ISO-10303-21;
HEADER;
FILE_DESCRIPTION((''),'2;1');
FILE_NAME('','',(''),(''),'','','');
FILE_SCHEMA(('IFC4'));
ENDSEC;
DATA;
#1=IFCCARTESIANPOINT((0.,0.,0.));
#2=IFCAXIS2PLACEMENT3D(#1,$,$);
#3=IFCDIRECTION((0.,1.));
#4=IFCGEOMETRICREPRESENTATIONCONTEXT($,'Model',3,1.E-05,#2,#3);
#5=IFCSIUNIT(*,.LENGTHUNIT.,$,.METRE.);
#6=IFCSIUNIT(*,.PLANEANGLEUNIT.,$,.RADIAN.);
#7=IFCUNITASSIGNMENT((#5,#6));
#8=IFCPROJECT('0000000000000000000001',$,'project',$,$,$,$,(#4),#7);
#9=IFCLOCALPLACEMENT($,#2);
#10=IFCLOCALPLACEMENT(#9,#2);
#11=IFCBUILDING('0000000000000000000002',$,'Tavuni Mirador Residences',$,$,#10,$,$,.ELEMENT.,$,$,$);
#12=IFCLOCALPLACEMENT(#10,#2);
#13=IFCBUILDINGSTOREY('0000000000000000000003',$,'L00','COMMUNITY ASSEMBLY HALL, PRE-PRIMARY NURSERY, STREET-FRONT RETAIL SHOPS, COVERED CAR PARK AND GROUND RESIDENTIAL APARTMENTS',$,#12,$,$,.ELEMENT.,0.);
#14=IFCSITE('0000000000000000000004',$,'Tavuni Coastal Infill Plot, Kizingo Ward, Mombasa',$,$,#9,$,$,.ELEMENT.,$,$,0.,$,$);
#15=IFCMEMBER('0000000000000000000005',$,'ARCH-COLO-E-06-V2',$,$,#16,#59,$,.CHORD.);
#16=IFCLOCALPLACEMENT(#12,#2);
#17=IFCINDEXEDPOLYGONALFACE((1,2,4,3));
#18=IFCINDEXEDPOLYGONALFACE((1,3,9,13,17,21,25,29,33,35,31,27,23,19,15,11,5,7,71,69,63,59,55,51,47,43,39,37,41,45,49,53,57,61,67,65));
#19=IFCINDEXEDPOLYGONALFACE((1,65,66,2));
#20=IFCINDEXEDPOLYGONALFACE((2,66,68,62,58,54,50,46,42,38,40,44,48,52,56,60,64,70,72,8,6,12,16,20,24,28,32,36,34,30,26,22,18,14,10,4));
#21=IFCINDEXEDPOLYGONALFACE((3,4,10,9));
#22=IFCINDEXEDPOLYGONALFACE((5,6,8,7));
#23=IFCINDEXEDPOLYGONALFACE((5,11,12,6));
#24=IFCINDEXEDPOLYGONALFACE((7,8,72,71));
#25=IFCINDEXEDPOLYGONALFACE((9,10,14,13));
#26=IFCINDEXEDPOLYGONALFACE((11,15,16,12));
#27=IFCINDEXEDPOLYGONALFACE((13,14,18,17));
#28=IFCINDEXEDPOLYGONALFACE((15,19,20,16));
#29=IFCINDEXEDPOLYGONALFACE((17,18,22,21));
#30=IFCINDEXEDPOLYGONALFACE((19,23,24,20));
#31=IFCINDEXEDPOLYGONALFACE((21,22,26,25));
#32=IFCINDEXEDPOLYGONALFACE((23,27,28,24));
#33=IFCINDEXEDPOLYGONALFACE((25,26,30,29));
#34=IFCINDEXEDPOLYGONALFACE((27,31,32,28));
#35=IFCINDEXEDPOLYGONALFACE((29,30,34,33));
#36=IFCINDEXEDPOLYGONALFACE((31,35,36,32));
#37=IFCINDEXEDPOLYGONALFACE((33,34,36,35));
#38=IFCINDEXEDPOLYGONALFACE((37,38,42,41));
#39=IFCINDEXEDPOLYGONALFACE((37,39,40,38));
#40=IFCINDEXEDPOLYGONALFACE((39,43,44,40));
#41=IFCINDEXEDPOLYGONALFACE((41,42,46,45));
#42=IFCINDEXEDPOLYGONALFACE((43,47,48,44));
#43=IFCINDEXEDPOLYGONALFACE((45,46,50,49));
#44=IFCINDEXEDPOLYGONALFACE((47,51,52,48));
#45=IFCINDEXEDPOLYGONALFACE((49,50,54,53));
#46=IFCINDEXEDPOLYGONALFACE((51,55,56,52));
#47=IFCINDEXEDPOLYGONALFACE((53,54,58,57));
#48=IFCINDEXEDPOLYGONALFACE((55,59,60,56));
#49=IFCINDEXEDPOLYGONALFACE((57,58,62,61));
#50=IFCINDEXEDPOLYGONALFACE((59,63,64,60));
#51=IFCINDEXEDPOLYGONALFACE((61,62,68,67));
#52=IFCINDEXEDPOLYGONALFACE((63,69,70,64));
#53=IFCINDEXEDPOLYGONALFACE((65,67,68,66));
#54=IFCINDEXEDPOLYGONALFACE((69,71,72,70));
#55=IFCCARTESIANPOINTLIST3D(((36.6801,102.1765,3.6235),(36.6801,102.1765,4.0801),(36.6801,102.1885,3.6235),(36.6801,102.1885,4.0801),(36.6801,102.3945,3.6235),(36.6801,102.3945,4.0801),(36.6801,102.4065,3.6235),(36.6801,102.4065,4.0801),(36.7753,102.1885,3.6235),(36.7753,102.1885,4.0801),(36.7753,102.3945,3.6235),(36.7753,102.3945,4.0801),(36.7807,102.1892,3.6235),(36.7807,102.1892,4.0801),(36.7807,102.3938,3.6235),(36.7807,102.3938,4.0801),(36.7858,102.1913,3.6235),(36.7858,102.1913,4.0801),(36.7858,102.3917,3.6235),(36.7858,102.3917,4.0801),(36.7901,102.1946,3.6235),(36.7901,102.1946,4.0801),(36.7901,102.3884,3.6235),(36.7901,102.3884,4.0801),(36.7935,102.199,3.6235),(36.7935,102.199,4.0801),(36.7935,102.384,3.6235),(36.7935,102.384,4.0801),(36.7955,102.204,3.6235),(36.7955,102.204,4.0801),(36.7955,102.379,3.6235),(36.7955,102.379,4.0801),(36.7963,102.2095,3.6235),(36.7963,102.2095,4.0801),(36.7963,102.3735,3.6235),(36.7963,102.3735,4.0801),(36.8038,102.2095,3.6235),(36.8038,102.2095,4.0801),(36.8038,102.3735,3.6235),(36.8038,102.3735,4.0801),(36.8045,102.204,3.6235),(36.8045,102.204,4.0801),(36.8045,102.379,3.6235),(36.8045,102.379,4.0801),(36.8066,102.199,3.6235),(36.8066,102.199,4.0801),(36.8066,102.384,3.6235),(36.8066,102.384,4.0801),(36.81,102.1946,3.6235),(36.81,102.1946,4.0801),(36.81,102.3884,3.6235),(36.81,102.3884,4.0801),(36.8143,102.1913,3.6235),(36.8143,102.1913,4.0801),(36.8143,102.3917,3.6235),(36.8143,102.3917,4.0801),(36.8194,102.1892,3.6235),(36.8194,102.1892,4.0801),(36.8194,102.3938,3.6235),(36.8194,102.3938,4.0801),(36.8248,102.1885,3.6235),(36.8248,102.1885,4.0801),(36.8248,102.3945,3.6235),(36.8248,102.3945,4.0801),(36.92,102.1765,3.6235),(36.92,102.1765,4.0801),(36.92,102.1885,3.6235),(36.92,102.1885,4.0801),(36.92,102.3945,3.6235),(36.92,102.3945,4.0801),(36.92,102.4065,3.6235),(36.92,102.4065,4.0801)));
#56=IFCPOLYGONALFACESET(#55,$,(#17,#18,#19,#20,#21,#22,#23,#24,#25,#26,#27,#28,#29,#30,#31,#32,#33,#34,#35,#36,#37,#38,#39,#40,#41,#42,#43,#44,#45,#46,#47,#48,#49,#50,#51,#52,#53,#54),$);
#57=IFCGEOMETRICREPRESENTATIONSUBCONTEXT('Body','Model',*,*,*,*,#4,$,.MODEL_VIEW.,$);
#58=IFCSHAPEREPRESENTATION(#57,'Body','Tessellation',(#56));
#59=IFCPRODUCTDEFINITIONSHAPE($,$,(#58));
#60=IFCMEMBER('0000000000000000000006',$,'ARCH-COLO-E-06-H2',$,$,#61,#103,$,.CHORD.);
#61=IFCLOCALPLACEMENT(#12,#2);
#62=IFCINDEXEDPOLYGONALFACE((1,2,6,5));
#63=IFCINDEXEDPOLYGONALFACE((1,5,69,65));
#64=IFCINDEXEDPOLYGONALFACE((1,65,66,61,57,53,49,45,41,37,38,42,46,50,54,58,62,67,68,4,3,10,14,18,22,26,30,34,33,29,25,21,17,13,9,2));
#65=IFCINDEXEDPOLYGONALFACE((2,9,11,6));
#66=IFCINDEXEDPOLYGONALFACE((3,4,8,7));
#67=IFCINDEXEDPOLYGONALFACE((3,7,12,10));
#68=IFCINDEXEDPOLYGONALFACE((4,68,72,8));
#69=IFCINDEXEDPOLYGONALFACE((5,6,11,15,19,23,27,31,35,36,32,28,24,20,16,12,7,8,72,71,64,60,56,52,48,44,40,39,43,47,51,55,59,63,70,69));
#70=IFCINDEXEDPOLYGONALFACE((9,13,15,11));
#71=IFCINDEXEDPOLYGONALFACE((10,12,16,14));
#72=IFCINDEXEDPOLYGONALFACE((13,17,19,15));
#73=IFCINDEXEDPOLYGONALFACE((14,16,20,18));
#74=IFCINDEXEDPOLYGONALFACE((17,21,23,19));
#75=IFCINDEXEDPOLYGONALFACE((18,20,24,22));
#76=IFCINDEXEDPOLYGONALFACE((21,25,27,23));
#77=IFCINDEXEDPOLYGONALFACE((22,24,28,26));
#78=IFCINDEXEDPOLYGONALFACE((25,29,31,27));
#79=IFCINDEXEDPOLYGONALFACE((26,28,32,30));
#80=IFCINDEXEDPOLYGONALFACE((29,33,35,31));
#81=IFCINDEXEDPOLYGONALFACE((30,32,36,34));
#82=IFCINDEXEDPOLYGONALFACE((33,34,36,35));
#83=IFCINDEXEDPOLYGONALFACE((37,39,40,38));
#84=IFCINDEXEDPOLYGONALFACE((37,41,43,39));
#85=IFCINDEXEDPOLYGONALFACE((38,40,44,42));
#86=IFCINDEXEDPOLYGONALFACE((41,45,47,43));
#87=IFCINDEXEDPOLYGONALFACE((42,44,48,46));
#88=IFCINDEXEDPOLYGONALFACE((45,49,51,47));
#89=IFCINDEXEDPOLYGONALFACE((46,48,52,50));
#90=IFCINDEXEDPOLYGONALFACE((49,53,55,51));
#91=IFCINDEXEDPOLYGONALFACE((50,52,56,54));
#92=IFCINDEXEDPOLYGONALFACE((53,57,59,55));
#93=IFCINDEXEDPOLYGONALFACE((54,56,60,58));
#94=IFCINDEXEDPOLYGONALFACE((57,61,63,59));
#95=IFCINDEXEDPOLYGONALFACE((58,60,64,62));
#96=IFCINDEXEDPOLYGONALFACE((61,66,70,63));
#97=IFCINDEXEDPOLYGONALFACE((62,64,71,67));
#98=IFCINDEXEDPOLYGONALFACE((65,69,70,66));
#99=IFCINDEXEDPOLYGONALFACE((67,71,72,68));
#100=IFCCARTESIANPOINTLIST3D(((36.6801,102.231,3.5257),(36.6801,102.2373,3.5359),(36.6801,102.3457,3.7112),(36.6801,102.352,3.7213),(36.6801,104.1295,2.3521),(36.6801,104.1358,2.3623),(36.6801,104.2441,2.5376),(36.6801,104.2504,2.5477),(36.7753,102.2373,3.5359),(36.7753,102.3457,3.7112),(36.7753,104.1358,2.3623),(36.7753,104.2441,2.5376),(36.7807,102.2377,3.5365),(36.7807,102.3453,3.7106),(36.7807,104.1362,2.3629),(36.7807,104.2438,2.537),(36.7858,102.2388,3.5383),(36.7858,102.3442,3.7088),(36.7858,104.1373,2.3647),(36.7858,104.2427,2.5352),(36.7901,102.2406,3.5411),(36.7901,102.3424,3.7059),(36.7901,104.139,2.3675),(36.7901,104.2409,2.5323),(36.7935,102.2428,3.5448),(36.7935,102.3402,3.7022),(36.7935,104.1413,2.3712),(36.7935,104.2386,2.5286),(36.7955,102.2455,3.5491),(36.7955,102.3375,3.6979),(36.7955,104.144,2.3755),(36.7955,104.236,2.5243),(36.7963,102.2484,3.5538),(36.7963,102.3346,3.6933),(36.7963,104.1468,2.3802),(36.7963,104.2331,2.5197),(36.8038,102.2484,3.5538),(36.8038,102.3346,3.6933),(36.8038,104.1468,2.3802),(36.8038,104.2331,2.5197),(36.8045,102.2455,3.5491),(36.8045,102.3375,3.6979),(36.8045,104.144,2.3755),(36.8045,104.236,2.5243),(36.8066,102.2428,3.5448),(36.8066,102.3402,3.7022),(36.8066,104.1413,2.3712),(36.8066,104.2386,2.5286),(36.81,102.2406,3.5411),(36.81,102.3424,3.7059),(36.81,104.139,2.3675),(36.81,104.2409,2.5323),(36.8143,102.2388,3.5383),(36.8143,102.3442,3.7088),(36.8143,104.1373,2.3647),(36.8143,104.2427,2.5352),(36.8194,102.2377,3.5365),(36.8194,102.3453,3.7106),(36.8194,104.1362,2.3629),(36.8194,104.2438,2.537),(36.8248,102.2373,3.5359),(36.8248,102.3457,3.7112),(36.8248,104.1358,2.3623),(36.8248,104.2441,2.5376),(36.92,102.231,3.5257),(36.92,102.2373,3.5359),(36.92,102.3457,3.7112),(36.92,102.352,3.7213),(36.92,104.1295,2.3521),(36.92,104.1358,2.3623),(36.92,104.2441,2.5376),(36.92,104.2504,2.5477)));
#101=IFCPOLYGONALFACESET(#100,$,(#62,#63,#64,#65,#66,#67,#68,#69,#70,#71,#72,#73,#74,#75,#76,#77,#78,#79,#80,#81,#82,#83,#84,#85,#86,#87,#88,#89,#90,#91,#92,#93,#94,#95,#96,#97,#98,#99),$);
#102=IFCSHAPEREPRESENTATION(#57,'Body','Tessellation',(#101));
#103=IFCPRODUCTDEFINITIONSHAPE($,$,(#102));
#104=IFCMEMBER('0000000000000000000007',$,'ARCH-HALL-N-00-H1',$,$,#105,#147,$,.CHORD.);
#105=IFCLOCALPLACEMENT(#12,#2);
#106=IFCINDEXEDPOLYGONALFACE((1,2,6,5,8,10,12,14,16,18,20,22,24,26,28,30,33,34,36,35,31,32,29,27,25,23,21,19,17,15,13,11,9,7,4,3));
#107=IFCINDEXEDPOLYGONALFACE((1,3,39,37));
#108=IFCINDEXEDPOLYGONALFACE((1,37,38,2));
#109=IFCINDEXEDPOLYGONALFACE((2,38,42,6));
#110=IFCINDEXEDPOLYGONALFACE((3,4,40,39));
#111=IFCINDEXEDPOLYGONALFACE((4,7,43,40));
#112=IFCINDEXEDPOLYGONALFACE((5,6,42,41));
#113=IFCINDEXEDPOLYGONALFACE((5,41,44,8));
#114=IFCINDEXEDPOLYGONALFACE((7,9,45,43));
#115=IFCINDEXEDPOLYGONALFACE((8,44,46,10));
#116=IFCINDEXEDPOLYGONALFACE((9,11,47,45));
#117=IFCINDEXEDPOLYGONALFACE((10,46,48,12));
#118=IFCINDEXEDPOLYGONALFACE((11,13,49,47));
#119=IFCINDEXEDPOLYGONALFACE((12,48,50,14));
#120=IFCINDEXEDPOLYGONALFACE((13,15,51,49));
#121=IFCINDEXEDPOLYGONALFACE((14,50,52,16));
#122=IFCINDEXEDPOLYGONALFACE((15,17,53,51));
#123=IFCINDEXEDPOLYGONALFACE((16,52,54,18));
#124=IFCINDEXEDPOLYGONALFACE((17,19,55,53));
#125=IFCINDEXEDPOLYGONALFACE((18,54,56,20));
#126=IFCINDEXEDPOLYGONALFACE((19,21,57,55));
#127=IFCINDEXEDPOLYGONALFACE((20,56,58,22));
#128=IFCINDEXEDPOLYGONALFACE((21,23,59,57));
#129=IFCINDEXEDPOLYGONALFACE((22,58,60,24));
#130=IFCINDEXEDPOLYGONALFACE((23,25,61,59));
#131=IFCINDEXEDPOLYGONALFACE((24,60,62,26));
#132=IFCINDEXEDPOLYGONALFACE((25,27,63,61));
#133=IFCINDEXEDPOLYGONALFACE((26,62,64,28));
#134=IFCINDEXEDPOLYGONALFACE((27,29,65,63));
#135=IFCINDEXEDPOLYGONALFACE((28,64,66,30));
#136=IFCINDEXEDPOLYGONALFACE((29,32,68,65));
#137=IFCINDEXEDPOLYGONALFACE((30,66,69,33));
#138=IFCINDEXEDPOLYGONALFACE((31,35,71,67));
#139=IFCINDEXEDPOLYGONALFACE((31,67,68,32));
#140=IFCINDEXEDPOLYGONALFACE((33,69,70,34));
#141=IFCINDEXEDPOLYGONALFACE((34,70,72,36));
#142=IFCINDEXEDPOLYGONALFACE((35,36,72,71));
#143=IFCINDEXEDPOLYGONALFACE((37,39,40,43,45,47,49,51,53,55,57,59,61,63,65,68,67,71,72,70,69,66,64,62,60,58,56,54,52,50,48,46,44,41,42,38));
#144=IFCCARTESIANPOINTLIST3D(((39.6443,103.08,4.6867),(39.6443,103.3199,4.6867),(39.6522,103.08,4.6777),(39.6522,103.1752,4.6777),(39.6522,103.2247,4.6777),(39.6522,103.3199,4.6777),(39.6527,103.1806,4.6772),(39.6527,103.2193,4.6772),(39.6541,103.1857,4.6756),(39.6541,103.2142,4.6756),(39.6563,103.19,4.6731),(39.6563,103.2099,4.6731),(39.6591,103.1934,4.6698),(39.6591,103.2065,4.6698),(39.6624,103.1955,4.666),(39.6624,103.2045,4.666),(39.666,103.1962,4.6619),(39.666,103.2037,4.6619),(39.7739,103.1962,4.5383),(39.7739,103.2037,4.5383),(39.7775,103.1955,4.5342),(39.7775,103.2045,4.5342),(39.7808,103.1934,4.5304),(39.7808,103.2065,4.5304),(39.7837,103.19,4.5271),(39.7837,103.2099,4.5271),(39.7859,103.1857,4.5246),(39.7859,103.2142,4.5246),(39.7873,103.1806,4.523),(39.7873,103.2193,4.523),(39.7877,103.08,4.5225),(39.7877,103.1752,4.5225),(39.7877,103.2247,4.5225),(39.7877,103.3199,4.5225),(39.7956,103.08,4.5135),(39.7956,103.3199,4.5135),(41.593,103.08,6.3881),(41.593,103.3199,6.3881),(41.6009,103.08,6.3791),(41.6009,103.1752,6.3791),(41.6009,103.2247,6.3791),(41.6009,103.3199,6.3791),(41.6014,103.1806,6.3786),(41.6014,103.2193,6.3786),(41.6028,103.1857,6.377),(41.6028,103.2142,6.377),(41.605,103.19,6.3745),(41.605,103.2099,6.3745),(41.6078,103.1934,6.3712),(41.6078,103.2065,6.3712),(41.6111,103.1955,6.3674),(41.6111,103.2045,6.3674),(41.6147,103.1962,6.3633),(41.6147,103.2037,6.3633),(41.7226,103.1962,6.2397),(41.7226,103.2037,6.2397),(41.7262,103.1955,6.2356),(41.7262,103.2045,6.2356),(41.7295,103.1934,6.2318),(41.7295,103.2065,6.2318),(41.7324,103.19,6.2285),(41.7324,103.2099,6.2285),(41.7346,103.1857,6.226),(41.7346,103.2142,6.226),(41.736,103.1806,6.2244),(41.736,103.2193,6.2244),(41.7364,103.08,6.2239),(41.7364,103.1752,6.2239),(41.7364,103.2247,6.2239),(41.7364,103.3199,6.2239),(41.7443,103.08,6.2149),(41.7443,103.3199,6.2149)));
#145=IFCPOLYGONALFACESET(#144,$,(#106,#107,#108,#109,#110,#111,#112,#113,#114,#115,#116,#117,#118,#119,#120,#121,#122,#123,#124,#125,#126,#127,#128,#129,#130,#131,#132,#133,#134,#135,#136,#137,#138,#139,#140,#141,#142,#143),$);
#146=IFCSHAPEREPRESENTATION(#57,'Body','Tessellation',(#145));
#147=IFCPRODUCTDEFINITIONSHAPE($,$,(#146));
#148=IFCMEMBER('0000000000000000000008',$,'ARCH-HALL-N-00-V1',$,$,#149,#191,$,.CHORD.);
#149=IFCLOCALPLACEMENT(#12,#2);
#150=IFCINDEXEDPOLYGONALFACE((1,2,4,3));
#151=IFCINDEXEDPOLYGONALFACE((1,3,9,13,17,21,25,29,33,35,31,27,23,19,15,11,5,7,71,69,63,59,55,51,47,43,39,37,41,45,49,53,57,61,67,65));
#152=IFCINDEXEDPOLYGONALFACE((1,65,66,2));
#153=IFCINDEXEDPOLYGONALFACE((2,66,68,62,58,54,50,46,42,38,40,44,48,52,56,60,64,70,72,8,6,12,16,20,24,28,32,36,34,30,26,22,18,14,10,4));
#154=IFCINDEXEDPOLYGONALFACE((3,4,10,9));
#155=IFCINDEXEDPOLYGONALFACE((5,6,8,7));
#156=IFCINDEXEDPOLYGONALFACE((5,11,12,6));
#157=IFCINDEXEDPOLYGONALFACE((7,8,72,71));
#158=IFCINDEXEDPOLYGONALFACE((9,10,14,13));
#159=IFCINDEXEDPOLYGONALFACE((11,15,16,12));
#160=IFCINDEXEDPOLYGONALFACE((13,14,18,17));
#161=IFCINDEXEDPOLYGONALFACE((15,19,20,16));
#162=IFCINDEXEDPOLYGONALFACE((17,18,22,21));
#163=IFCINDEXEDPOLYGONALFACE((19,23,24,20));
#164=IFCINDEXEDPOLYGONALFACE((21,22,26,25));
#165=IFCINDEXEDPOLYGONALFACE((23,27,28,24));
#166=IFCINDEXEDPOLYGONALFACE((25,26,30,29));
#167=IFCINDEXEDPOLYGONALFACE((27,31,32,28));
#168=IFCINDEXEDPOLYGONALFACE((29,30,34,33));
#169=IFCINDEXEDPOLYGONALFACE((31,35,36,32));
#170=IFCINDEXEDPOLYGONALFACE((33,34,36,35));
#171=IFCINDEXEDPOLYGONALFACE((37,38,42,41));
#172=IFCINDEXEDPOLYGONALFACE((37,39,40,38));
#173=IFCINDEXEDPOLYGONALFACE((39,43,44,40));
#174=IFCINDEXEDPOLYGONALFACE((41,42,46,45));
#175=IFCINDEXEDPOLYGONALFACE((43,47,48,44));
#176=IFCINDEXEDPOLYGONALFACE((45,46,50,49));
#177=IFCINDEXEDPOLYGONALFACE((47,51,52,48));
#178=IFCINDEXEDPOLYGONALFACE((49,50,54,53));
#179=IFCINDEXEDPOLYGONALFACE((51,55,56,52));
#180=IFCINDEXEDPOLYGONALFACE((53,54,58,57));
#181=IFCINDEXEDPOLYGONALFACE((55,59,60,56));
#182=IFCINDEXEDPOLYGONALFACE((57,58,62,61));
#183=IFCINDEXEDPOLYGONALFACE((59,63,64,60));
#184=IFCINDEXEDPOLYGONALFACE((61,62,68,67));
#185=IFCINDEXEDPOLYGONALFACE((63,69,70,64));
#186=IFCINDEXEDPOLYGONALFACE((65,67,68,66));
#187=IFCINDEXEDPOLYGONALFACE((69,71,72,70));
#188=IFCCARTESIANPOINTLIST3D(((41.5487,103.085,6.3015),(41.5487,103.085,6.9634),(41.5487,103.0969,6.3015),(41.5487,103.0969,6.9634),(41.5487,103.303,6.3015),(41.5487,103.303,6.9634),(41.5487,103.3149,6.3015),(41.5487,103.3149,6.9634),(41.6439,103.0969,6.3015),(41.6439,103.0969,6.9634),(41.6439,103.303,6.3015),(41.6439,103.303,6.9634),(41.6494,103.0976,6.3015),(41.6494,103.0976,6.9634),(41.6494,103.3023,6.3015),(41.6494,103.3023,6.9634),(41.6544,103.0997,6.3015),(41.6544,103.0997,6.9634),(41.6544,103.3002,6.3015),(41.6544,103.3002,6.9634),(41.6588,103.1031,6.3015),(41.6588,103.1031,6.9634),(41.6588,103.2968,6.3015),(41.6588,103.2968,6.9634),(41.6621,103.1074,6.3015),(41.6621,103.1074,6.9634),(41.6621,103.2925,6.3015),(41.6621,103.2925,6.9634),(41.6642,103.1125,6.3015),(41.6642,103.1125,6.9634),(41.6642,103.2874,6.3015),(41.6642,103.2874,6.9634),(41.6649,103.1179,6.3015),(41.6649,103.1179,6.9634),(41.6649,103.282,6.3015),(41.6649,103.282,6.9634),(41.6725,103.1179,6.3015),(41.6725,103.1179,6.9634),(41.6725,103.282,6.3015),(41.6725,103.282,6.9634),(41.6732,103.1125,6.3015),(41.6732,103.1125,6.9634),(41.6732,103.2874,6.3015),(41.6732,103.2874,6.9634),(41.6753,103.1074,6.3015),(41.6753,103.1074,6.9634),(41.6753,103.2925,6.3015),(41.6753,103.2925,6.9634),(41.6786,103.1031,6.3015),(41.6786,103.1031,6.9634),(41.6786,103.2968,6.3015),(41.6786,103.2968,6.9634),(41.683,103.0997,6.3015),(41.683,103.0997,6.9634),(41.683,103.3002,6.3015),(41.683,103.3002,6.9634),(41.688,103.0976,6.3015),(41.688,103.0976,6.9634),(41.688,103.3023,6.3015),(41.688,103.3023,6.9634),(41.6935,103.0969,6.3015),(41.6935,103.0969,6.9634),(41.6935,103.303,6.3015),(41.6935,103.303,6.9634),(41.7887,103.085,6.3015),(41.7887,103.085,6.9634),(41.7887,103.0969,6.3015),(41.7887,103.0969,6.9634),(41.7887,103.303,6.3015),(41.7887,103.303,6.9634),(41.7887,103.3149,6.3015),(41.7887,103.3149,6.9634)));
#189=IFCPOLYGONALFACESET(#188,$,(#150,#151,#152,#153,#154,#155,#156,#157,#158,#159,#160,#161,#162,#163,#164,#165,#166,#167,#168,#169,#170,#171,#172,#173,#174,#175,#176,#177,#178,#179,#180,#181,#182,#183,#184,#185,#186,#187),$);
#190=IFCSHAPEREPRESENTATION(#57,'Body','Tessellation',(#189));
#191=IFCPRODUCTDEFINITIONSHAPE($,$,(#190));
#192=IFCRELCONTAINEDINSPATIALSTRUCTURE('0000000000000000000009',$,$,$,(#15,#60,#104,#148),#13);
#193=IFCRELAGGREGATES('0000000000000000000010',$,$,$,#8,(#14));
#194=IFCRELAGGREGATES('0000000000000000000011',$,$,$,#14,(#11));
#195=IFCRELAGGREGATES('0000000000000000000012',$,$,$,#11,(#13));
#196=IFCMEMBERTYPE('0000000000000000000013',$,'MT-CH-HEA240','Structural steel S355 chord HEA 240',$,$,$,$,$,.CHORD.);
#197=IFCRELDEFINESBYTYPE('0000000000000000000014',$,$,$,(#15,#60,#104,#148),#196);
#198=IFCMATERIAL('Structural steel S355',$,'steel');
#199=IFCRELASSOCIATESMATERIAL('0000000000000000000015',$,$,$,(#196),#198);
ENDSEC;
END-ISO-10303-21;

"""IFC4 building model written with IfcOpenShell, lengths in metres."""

from ifc_helpers import new_model, si_unit, direction, frame, origin, origin_2d, place, context, subcontext, project, spatial, i_section, extrude, material, material_profile, profile_set, type_object, element, save


model = new_model("IFC4")

# Units and contexts
model_context = context("Model", 3, precision=1e-05, world=origin(), true_north=direction((0.0, 1.0)))
body_context = subcontext(model_context, "Body", "Model", "MODEL_VIEW")
ifc_project = project(units=[si_unit("LENGTHUNIT", "METRE"), si_unit("PLANEANGLEUNIT", "RADIAN")], contexts=[model_context])

# Site, building, storey
site_placement = place(None, origin())
site = spatial("IfcSite", under=ifc_project, at=site_placement, Name="Tavuni Coastal Infill Plot, Kizingo Ward, Mombasa", CompositionType="ELEMENT", RefElevation=0.0)
building_placement = place(site_placement, origin())
building = spatial("IfcBuilding", under=site, at=building_placement, Name="Tavuni Mirador Residences", CompositionType="ELEMENT")
storey_placement = place(building_placement, origin())
storey = spatial("IfcBuildingStorey", under=building, at=storey_placement, Name="L00", Description="COMMUNITY ASSEMBLY HALL, PRE-PRIMARY NURSERY, STREET-FRONT RETAIL SHOPS, COVERED CAR PARK AND GROUND RESIDENTIAL APARTMENTS", CompositionType="ELEMENT", Elevation=0.0)

# Shared definitions
ifc_material_1 = material(Name="Structural steel S355", Category="steel")

# Members
ifc_material_profile_1 = material_profile(ifc_material_1, i_section(OverallWidth=0.24, OverallDepth=0.23, WebThickness=0.0076, FlangeThickness=0.012, FilletRadius=0.021, at=origin_2d()), Name="HEA 240", Category="steel")
ifc_profile_set_1 = profile_set([ifc_material_profile_1], Name="Structural steel S355")
member_type_1 = type_object("IfcMemberType", Name="MT-CH-HEA240", Description="Structural steel S355 chord HEA 240", PredefinedType="CHORD", material=ifc_profile_set_1)
member_1_placement = place(storey_placement, frame((36.8, 102.2915, 3.6235), z_axis=(0.0, 0.0, 1.0), x_axis=(1.0, 0.0, 0.0)))
element("IfcMember", 1, at=member_1_placement, inside=storey, type_object=member_type_1, Name="ARCH-COLO-E-06-V2", PredefinedType="CHORD", context=body_context, shape_type="SweptSolid", body=[
    extrude(i_section(OverallWidth=0.24, OverallDepth=0.23, WebThickness=0.0076, FlangeThickness=0.012, FilletRadius=0.021, at=origin_2d()), origin(), (0.0, 0.0, 1.0), 0.4565),
])
member_2_placement = place(storey_placement, frame((36.8, 102.2915, 3.6235), z_axis=(0.0, 0.850594, -0.525824), x_axis=(-1.0, 0.0, 0.0)))
element("IfcMember", 2, at=member_2_placement, inside=storey, type_object=member_type_1, Name="ARCH-COLO-E-06-H2", PredefinedType="CHORD", context=body_context, shape_type="SweptSolid", body=[
    extrude(i_section(OverallWidth=0.24, OverallDepth=0.23, WebThickness=0.0076, FlangeThickness=0.012, FilletRadius=0.021, at=origin_2d()), origin(), (0.0, 0.0, 1.0), 2.2319),
])
member_3_placement = place(storey_placement, frame((39.72, 103.2, 4.6001), z_axis=(0.753289, 0.0, 0.657689), x_axis=(0.0, 1.0, 0.0)))
element("IfcMember", 3, at=member_3_placement, inside=storey, type_object=member_type_1, Name="ARCH-HALL-N-00-H1", PredefinedType="CHORD", context=body_context, shape_type="SweptSolid", body=[
    extrude(i_section(OverallWidth=0.24, OverallDepth=0.23, WebThickness=0.0076, FlangeThickness=0.012, FilletRadius=0.021, at=origin_2d()), origin(), (0.0, 0.0, 1.0), 2.5869),
])
member_4_placement = place(storey_placement, frame((41.6687, 103.2, 6.3015), z_axis=(0.0, 0.0, 1.0), x_axis=(1.0, 0.0, 0.0)))
element("IfcMember", 4, at=member_4_placement, inside=storey, type_object=member_type_1, Name="ARCH-HALL-N-00-V1", PredefinedType="CHORD", context=body_context, shape_type="SweptSolid", body=[
    extrude(i_section(OverallWidth=0.24, OverallDepth=0.23, WebThickness=0.0076, FlangeThickness=0.012, FilletRadius=0.021, at=origin_2d()), origin(), (0.0, 0.0, 1.0), 0.6619),
])

save(model, "model.ifc")
